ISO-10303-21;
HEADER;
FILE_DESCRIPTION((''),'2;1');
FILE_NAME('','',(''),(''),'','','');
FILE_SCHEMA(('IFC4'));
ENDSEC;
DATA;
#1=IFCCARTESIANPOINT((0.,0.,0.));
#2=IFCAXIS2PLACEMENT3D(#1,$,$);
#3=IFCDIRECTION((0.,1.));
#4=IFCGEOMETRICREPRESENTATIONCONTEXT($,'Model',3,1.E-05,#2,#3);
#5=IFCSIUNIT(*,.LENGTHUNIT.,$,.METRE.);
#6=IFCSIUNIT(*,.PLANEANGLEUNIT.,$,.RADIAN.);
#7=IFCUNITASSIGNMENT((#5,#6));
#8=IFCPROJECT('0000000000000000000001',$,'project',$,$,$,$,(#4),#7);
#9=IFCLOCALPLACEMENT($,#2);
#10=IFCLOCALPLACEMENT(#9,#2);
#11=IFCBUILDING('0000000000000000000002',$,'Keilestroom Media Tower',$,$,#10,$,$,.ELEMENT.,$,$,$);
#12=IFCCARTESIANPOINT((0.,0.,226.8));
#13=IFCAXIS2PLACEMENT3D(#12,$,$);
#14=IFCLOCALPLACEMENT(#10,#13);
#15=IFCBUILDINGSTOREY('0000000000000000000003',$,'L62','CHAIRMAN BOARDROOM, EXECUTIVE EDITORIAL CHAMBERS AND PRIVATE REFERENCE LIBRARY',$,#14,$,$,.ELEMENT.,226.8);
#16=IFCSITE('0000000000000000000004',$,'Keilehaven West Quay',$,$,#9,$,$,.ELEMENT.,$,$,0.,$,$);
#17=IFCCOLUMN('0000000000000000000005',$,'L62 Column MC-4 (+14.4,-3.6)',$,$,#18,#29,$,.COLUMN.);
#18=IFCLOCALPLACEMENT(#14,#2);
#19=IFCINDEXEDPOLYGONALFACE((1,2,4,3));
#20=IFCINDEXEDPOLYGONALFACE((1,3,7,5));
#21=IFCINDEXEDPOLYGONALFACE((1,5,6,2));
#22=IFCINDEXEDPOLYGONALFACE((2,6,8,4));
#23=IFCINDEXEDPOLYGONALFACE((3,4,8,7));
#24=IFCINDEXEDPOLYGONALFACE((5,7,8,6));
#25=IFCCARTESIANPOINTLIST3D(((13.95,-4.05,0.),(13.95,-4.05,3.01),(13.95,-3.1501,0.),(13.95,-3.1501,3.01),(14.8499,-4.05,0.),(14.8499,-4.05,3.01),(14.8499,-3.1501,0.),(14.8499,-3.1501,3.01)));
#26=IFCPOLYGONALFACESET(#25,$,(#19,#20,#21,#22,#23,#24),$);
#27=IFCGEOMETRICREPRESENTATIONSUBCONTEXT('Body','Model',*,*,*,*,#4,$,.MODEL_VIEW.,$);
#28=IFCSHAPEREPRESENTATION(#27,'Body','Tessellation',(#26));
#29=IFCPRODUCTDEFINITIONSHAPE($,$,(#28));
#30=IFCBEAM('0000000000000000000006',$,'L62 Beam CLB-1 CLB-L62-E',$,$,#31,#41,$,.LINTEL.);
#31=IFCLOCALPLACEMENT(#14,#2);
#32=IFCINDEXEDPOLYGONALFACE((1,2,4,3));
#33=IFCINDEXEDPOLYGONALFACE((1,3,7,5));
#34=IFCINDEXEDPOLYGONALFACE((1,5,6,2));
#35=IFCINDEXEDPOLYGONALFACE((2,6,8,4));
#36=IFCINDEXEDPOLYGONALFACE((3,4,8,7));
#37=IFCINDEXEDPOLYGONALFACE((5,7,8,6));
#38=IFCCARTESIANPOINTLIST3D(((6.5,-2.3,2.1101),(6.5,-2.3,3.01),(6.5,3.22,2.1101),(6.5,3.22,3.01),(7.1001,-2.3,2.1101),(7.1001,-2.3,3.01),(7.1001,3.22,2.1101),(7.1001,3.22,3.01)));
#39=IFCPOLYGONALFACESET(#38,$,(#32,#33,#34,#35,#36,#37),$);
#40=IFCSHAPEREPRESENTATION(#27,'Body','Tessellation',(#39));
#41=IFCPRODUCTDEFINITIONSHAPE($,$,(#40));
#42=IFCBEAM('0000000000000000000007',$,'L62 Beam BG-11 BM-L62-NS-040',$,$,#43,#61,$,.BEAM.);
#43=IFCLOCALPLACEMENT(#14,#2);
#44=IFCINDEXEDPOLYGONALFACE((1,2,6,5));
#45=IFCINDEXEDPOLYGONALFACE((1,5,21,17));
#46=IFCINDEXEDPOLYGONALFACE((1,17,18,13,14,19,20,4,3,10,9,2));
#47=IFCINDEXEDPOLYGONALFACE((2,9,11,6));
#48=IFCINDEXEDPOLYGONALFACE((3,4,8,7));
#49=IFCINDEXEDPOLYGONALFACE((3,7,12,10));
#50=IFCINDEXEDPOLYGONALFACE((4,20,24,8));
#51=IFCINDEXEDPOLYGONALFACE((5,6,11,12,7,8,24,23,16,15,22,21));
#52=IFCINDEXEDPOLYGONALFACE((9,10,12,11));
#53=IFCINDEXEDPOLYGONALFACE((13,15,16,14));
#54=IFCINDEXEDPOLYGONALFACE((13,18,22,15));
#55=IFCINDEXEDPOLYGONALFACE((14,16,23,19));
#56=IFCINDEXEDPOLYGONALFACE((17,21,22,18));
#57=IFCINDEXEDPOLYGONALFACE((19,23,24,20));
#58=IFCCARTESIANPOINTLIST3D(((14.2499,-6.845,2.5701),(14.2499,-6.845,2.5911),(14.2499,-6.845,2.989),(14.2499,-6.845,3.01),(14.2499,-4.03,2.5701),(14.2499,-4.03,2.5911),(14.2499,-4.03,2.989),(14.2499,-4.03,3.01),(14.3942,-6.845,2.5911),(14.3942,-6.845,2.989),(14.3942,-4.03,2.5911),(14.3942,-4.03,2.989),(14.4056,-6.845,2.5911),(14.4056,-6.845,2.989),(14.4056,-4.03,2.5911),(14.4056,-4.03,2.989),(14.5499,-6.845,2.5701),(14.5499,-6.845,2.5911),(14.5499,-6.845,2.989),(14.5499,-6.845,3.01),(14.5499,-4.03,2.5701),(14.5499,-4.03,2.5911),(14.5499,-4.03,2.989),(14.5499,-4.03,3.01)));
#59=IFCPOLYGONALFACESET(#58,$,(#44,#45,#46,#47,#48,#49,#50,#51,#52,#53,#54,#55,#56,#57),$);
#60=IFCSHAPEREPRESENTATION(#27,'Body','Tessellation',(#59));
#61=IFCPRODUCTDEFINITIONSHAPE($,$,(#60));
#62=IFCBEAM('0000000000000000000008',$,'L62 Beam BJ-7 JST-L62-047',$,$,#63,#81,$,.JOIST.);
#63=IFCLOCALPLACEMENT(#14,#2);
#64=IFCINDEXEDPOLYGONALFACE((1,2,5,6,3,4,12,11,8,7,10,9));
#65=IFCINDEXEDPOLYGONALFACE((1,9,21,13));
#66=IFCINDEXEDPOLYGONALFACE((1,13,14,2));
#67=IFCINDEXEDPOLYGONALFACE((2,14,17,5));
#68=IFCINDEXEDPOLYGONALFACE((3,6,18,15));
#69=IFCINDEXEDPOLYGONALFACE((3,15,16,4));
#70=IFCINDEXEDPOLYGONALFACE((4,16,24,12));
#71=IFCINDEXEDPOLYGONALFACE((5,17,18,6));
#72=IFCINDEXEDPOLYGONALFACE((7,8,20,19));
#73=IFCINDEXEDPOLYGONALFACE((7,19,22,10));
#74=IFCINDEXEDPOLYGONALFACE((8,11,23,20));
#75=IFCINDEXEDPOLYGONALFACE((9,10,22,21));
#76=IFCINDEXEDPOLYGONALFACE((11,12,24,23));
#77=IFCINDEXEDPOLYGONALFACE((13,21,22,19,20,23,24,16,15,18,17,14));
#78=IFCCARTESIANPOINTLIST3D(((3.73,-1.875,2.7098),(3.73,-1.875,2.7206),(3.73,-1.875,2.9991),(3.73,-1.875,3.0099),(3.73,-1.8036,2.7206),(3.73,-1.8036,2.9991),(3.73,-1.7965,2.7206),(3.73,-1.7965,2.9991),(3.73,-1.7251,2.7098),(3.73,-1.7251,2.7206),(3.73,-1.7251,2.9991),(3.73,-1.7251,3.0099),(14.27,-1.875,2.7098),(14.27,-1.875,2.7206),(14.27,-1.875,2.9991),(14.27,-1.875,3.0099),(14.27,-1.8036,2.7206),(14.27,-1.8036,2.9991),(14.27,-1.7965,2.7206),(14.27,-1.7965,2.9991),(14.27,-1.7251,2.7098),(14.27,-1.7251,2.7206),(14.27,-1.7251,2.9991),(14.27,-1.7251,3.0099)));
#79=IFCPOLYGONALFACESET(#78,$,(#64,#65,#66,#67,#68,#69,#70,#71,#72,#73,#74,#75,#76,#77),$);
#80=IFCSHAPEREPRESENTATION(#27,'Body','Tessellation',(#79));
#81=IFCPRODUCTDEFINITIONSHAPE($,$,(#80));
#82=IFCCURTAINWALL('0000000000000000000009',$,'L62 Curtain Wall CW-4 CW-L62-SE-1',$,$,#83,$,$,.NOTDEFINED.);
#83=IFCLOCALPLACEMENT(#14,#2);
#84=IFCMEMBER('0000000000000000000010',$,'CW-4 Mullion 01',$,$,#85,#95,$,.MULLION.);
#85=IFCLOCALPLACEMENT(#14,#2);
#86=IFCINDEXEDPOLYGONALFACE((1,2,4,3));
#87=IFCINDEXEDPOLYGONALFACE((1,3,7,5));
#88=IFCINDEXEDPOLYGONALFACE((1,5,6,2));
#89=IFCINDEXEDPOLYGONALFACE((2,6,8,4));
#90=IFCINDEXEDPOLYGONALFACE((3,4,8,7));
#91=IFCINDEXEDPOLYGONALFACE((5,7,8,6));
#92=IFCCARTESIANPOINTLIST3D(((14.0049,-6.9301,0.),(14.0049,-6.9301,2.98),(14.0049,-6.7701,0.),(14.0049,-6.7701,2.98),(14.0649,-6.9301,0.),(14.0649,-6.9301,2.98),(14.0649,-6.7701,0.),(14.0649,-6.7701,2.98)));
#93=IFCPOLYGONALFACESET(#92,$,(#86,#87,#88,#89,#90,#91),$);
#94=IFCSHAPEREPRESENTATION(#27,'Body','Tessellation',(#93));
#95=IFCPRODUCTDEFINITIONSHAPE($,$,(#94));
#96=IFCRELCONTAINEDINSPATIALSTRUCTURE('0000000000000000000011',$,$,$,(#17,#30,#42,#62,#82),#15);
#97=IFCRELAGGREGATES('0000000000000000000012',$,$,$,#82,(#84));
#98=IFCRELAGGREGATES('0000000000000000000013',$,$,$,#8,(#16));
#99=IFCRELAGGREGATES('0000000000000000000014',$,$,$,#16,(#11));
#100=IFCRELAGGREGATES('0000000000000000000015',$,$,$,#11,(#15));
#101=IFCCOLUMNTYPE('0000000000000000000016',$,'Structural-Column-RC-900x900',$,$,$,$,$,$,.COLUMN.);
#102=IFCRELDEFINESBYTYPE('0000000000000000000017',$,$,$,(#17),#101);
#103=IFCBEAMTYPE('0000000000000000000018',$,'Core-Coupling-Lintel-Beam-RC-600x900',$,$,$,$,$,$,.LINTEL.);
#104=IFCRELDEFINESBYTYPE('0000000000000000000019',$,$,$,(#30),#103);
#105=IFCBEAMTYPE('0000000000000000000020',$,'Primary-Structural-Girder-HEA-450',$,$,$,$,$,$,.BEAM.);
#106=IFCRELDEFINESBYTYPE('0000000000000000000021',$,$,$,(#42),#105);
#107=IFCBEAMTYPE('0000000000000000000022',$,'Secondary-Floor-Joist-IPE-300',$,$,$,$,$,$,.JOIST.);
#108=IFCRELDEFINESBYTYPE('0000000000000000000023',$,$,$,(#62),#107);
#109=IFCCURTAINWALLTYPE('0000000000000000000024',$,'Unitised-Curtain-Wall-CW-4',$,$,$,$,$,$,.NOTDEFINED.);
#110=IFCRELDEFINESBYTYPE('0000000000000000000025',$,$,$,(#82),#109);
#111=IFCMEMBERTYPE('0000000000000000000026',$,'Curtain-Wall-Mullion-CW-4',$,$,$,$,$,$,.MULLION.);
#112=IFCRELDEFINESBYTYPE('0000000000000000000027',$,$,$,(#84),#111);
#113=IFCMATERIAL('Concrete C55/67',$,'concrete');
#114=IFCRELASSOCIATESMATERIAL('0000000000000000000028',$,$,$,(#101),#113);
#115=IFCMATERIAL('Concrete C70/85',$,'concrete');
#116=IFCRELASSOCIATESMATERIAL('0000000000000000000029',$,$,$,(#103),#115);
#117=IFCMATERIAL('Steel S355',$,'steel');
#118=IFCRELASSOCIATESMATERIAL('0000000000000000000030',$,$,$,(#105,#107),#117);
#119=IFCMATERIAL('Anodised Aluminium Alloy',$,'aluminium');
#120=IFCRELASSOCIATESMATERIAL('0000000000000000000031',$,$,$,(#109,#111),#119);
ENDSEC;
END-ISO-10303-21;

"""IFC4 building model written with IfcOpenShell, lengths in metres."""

from ifc_helpers import new_model, si_unit, direction, frame, origin, origin_2d, place, context, subcontext, project, spatial, rectangle, i_section, extrude, source, transform, mapped, material, material_profile, profile_set, type_object, element, aggregate, save


model = new_model("IFC4")

# Units and contexts
model_context = context("Model", 3, precision=1e-05, world=origin(), true_north=direction((0.0, 1.0)))
body_context = subcontext(model_context, "Body", "Model", "MODEL_VIEW")
ifc_project = project(units=[si_unit("LENGTHUNIT", "METRE"), si_unit("PLANEANGLEUNIT", "RADIAN")], contexts=[model_context])

# Site, building, storey
site_placement = place(None, origin())
site = spatial("IfcSite", under=ifc_project, at=site_placement, Name="Keilehaven West Quay", CompositionType="ELEMENT", RefElevation=0.0)
building_placement = place(site_placement, origin())
building = spatial("IfcBuilding", under=site, at=building_placement, Name="Keilestroom Media Tower", CompositionType="ELEMENT")
storey_placement = place(building_placement, frame((0.0, 0.0, 226.8)))
storey = spatial("IfcBuildingStorey", under=building, at=storey_placement, Name="L62", Description="CHAIRMAN BOARDROOM, EXECUTIVE EDITORIAL CHAMBERS AND PRIVATE REFERENCE LIBRARY", CompositionType="ELEMENT", Elevation=226.8)

# Column
ifc_material_1 = material(Name="Concrete C55/67", Category="concrete")
ifc_material_profile_1 = material_profile(ifc_material_1, rectangle(XDim=0.8999, YDim=0.8999, at=origin_2d()), Name="RC 900x900")
ifc_profile_set_1 = profile_set([ifc_material_profile_1], Name="Concrete C55/67")
column_type = type_object("IfcColumnType", Name="Structural-Column-RC-900x900", PredefinedType="COLUMN", material=ifc_profile_set_1)
shared_shape_1 = source(origin(), body_context, "Body", "SweptSolid", [
    extrude(rectangle(XDim=0.8999, YDim=0.8999, at=origin_2d()), origin(), (0.0, 0.0, 1.0), 3.01),
])
column_placement = place(storey_placement, frame((14.3999, -3.6001, 0.0), z_axis=(0.0, 0.0, 1.0), x_axis=(1.0, 0.0, 0.0)))
element("IfcColumn", 1, at=column_placement, inside=storey, type_object=column_type, Name="L62 Column MC-4 (+14.4,-3.6)", PredefinedType="COLUMN", context=body_context, shape_type="MappedRepresentation", body=[
    mapped(shared_shape_1, transform((0.0, 0.0, 0.0), x_axis=(1.0, 0.0, 0.0), y_axis=(0.0, 1.0, 0.0), z_axis=(0.0, 0.0, 1.0), scale=1.0)),
])

# Beams
ifc_material_2 = material(Name="Concrete C70/85", Category="concrete")
ifc_material_profile_2 = material_profile(ifc_material_2, rectangle(XDim=0.6001, YDim=0.8999, at=origin_2d()), Name="RC 600x900")
ifc_profile_set_2 = profile_set([ifc_material_profile_2], Name="Concrete C70/85")
beam_type_1 = type_object("IfcBeamType", Name="Core-Coupling-Lintel-Beam-RC-600x900", PredefinedType="LINTEL", material=ifc_profile_set_2)
shared_shape_2 = source(origin(), body_context, "Body", "SweptSolid", [
    extrude(rectangle(XDim=0.6001, YDim=0.8999, at=origin_2d()), origin(), (0.0, 0.0, 1.0), 5.52),
])
beam_1_placement = place(storey_placement, frame((6.8, -2.3, 2.5601), z_axis=(0.0, 1.0, 0.0), x_axis=(-1.0, 0.0, 0.0)))
element("IfcBeam", 2, at=beam_1_placement, inside=storey, type_object=beam_type_1, Name="L62 Beam CLB-1 CLB-L62-E", PredefinedType="LINTEL", context=body_context, shape_type="MappedRepresentation", body=[
    mapped(shared_shape_2, transform((0.0, 0.0, 0.0), x_axis=(1.0, 0.0, 0.0), y_axis=(0.0, 1.0, 0.0), z_axis=(0.0, 0.0, 1.0), scale=1.0)),
])
ifc_material_3 = material(Name="Steel S355", Category="steel")
ifc_material_profile_3 = material_profile(ifc_material_3, i_section(OverallWidth=0.3, OverallDepth=0.4399, WebThickness=0.0115, FlangeThickness=0.021, at=origin_2d()), Name="HEA 450")
ifc_profile_set_3 = profile_set([ifc_material_profile_3], Name="Steel S355")
beam_type_2 = type_object("IfcBeamType", Name="Primary-Structural-Girder-HEA-450", PredefinedType="BEAM", material=ifc_profile_set_3)
shared_shape_3 = source(origin(), body_context, "Body", "SweptSolid", [
    extrude(i_section(OverallWidth=0.3, OverallDepth=0.4399, WebThickness=0.0115, FlangeThickness=0.021, at=origin_2d()), origin(), (0.0, 0.0, 1.0), 2.8149),
])
beam_2_placement = place(storey_placement, frame((14.3999, -6.845, 2.79), z_axis=(0.0, 1.0, 0.0), x_axis=(-1.0, 0.0, 0.0)))
element("IfcBeam", 3, at=beam_2_placement, inside=storey, type_object=beam_type_2, Name="L62 Beam BG-11 BM-L62-NS-040", PredefinedType="BEAM", context=body_context, shape_type="MappedRepresentation", body=[
    mapped(shared_shape_3, transform((0.0, 0.0, 0.0), x_axis=(1.0, 0.0, 0.0), y_axis=(0.0, 1.0, 0.0), z_axis=(0.0, 0.0, 1.0), scale=1.0)),
])
ifc_material_profile_4 = material_profile(ifc_material_3, i_section(OverallWidth=0.1499, OverallDepth=0.3, WebThickness=0.0071, FlangeThickness=0.0107, at=origin_2d()), Name="IPE 300")
ifc_profile_set_4 = profile_set([ifc_material_profile_4], Name="Steel S355")
beam_type_3 = type_object("IfcBeamType", Name="Secondary-Floor-Joist-IPE-300", PredefinedType="JOIST", material=ifc_profile_set_4)
shared_shape_4 = source(origin(), body_context, "Body", "SweptSolid", [
    extrude(i_section(OverallWidth=0.1499, OverallDepth=0.3, WebThickness=0.0071, FlangeThickness=0.0107, at=origin_2d()), origin(), (0.0, 0.0, 1.0), 10.54),
])
beam_3_placement = place(storey_placement, frame((3.73, -1.8, 2.8599), z_axis=(1.0, 0.0, 0.0), x_axis=(0.0, 1.0, 0.0)))
element("IfcBeam", 4, at=beam_3_placement, inside=storey, type_object=beam_type_3, Name="L62 Beam BJ-7 JST-L62-047", PredefinedType="JOIST", context=body_context, shape_type="MappedRepresentation", body=[
    mapped(shared_shape_4, transform((0.0, 0.0, 0.0), x_axis=(1.0, 0.0, 0.0), y_axis=(0.0, 1.0, 0.0), z_axis=(0.0, 0.0, 1.0), scale=1.0)),
])

# Curtain wall, member
ifc_material_4 = material(Name="Anodised Aluminium Alloy", Category="aluminium")
curtain_wall_type = type_object("IfcCurtainWallType", Name="Unitised-Curtain-Wall-CW-4", PredefinedType="NOTDEFINED", material=ifc_material_4)
curtain_wall_placement = place(storey_placement, origin())
curtain_wall = element("IfcCurtainWall", 5, at=curtain_wall_placement, inside=storey, type_object=curtain_wall_type, Name="L62 Curtain Wall CW-4 CW-L62-SE-1", PredefinedType="NOTDEFINED")
ifc_material_profile_5 = material_profile(ifc_material_4, rectangle(XDim=0.0601, YDim=0.1599, at=origin_2d()), Name="ALU MULLION 60x160")
ifc_profile_set_5 = profile_set([ifc_material_profile_5], Name="Anodised Aluminium Alloy")
member_type = type_object("IfcMemberType", Name="Curtain-Wall-Mullion-CW-4", PredefinedType="MULLION", material=ifc_profile_set_5)
shared_shape_5 = source(origin(), body_context, "Body", "SweptSolid", [
    extrude(rectangle(XDim=0.0601, YDim=0.1599, at=origin_2d()), origin(), (0.0, 0.0, 1.0), 2.98),
])
member_placement = place(storey_placement, frame((14.0349, -6.8501, 0.0), z_axis=(0.0, 0.0, 1.0), x_axis=(1.0, 0.0, 0.0)))
member = element("IfcMember", 6, at=member_placement, type_object=member_type, Name="CW-4 Mullion 01", PredefinedType="MULLION", context=body_context, shape_type="MappedRepresentation", body=[
    mapped(shared_shape_5, transform((0.0, 0.0, 0.0), x_axis=(1.0, 0.0, 0.0), y_axis=(0.0, 1.0, 0.0), z_axis=(0.0, 0.0, 1.0), scale=1.0)),
])
aggregate(curtain_wall, [member])

save(model, "model.ifc")
